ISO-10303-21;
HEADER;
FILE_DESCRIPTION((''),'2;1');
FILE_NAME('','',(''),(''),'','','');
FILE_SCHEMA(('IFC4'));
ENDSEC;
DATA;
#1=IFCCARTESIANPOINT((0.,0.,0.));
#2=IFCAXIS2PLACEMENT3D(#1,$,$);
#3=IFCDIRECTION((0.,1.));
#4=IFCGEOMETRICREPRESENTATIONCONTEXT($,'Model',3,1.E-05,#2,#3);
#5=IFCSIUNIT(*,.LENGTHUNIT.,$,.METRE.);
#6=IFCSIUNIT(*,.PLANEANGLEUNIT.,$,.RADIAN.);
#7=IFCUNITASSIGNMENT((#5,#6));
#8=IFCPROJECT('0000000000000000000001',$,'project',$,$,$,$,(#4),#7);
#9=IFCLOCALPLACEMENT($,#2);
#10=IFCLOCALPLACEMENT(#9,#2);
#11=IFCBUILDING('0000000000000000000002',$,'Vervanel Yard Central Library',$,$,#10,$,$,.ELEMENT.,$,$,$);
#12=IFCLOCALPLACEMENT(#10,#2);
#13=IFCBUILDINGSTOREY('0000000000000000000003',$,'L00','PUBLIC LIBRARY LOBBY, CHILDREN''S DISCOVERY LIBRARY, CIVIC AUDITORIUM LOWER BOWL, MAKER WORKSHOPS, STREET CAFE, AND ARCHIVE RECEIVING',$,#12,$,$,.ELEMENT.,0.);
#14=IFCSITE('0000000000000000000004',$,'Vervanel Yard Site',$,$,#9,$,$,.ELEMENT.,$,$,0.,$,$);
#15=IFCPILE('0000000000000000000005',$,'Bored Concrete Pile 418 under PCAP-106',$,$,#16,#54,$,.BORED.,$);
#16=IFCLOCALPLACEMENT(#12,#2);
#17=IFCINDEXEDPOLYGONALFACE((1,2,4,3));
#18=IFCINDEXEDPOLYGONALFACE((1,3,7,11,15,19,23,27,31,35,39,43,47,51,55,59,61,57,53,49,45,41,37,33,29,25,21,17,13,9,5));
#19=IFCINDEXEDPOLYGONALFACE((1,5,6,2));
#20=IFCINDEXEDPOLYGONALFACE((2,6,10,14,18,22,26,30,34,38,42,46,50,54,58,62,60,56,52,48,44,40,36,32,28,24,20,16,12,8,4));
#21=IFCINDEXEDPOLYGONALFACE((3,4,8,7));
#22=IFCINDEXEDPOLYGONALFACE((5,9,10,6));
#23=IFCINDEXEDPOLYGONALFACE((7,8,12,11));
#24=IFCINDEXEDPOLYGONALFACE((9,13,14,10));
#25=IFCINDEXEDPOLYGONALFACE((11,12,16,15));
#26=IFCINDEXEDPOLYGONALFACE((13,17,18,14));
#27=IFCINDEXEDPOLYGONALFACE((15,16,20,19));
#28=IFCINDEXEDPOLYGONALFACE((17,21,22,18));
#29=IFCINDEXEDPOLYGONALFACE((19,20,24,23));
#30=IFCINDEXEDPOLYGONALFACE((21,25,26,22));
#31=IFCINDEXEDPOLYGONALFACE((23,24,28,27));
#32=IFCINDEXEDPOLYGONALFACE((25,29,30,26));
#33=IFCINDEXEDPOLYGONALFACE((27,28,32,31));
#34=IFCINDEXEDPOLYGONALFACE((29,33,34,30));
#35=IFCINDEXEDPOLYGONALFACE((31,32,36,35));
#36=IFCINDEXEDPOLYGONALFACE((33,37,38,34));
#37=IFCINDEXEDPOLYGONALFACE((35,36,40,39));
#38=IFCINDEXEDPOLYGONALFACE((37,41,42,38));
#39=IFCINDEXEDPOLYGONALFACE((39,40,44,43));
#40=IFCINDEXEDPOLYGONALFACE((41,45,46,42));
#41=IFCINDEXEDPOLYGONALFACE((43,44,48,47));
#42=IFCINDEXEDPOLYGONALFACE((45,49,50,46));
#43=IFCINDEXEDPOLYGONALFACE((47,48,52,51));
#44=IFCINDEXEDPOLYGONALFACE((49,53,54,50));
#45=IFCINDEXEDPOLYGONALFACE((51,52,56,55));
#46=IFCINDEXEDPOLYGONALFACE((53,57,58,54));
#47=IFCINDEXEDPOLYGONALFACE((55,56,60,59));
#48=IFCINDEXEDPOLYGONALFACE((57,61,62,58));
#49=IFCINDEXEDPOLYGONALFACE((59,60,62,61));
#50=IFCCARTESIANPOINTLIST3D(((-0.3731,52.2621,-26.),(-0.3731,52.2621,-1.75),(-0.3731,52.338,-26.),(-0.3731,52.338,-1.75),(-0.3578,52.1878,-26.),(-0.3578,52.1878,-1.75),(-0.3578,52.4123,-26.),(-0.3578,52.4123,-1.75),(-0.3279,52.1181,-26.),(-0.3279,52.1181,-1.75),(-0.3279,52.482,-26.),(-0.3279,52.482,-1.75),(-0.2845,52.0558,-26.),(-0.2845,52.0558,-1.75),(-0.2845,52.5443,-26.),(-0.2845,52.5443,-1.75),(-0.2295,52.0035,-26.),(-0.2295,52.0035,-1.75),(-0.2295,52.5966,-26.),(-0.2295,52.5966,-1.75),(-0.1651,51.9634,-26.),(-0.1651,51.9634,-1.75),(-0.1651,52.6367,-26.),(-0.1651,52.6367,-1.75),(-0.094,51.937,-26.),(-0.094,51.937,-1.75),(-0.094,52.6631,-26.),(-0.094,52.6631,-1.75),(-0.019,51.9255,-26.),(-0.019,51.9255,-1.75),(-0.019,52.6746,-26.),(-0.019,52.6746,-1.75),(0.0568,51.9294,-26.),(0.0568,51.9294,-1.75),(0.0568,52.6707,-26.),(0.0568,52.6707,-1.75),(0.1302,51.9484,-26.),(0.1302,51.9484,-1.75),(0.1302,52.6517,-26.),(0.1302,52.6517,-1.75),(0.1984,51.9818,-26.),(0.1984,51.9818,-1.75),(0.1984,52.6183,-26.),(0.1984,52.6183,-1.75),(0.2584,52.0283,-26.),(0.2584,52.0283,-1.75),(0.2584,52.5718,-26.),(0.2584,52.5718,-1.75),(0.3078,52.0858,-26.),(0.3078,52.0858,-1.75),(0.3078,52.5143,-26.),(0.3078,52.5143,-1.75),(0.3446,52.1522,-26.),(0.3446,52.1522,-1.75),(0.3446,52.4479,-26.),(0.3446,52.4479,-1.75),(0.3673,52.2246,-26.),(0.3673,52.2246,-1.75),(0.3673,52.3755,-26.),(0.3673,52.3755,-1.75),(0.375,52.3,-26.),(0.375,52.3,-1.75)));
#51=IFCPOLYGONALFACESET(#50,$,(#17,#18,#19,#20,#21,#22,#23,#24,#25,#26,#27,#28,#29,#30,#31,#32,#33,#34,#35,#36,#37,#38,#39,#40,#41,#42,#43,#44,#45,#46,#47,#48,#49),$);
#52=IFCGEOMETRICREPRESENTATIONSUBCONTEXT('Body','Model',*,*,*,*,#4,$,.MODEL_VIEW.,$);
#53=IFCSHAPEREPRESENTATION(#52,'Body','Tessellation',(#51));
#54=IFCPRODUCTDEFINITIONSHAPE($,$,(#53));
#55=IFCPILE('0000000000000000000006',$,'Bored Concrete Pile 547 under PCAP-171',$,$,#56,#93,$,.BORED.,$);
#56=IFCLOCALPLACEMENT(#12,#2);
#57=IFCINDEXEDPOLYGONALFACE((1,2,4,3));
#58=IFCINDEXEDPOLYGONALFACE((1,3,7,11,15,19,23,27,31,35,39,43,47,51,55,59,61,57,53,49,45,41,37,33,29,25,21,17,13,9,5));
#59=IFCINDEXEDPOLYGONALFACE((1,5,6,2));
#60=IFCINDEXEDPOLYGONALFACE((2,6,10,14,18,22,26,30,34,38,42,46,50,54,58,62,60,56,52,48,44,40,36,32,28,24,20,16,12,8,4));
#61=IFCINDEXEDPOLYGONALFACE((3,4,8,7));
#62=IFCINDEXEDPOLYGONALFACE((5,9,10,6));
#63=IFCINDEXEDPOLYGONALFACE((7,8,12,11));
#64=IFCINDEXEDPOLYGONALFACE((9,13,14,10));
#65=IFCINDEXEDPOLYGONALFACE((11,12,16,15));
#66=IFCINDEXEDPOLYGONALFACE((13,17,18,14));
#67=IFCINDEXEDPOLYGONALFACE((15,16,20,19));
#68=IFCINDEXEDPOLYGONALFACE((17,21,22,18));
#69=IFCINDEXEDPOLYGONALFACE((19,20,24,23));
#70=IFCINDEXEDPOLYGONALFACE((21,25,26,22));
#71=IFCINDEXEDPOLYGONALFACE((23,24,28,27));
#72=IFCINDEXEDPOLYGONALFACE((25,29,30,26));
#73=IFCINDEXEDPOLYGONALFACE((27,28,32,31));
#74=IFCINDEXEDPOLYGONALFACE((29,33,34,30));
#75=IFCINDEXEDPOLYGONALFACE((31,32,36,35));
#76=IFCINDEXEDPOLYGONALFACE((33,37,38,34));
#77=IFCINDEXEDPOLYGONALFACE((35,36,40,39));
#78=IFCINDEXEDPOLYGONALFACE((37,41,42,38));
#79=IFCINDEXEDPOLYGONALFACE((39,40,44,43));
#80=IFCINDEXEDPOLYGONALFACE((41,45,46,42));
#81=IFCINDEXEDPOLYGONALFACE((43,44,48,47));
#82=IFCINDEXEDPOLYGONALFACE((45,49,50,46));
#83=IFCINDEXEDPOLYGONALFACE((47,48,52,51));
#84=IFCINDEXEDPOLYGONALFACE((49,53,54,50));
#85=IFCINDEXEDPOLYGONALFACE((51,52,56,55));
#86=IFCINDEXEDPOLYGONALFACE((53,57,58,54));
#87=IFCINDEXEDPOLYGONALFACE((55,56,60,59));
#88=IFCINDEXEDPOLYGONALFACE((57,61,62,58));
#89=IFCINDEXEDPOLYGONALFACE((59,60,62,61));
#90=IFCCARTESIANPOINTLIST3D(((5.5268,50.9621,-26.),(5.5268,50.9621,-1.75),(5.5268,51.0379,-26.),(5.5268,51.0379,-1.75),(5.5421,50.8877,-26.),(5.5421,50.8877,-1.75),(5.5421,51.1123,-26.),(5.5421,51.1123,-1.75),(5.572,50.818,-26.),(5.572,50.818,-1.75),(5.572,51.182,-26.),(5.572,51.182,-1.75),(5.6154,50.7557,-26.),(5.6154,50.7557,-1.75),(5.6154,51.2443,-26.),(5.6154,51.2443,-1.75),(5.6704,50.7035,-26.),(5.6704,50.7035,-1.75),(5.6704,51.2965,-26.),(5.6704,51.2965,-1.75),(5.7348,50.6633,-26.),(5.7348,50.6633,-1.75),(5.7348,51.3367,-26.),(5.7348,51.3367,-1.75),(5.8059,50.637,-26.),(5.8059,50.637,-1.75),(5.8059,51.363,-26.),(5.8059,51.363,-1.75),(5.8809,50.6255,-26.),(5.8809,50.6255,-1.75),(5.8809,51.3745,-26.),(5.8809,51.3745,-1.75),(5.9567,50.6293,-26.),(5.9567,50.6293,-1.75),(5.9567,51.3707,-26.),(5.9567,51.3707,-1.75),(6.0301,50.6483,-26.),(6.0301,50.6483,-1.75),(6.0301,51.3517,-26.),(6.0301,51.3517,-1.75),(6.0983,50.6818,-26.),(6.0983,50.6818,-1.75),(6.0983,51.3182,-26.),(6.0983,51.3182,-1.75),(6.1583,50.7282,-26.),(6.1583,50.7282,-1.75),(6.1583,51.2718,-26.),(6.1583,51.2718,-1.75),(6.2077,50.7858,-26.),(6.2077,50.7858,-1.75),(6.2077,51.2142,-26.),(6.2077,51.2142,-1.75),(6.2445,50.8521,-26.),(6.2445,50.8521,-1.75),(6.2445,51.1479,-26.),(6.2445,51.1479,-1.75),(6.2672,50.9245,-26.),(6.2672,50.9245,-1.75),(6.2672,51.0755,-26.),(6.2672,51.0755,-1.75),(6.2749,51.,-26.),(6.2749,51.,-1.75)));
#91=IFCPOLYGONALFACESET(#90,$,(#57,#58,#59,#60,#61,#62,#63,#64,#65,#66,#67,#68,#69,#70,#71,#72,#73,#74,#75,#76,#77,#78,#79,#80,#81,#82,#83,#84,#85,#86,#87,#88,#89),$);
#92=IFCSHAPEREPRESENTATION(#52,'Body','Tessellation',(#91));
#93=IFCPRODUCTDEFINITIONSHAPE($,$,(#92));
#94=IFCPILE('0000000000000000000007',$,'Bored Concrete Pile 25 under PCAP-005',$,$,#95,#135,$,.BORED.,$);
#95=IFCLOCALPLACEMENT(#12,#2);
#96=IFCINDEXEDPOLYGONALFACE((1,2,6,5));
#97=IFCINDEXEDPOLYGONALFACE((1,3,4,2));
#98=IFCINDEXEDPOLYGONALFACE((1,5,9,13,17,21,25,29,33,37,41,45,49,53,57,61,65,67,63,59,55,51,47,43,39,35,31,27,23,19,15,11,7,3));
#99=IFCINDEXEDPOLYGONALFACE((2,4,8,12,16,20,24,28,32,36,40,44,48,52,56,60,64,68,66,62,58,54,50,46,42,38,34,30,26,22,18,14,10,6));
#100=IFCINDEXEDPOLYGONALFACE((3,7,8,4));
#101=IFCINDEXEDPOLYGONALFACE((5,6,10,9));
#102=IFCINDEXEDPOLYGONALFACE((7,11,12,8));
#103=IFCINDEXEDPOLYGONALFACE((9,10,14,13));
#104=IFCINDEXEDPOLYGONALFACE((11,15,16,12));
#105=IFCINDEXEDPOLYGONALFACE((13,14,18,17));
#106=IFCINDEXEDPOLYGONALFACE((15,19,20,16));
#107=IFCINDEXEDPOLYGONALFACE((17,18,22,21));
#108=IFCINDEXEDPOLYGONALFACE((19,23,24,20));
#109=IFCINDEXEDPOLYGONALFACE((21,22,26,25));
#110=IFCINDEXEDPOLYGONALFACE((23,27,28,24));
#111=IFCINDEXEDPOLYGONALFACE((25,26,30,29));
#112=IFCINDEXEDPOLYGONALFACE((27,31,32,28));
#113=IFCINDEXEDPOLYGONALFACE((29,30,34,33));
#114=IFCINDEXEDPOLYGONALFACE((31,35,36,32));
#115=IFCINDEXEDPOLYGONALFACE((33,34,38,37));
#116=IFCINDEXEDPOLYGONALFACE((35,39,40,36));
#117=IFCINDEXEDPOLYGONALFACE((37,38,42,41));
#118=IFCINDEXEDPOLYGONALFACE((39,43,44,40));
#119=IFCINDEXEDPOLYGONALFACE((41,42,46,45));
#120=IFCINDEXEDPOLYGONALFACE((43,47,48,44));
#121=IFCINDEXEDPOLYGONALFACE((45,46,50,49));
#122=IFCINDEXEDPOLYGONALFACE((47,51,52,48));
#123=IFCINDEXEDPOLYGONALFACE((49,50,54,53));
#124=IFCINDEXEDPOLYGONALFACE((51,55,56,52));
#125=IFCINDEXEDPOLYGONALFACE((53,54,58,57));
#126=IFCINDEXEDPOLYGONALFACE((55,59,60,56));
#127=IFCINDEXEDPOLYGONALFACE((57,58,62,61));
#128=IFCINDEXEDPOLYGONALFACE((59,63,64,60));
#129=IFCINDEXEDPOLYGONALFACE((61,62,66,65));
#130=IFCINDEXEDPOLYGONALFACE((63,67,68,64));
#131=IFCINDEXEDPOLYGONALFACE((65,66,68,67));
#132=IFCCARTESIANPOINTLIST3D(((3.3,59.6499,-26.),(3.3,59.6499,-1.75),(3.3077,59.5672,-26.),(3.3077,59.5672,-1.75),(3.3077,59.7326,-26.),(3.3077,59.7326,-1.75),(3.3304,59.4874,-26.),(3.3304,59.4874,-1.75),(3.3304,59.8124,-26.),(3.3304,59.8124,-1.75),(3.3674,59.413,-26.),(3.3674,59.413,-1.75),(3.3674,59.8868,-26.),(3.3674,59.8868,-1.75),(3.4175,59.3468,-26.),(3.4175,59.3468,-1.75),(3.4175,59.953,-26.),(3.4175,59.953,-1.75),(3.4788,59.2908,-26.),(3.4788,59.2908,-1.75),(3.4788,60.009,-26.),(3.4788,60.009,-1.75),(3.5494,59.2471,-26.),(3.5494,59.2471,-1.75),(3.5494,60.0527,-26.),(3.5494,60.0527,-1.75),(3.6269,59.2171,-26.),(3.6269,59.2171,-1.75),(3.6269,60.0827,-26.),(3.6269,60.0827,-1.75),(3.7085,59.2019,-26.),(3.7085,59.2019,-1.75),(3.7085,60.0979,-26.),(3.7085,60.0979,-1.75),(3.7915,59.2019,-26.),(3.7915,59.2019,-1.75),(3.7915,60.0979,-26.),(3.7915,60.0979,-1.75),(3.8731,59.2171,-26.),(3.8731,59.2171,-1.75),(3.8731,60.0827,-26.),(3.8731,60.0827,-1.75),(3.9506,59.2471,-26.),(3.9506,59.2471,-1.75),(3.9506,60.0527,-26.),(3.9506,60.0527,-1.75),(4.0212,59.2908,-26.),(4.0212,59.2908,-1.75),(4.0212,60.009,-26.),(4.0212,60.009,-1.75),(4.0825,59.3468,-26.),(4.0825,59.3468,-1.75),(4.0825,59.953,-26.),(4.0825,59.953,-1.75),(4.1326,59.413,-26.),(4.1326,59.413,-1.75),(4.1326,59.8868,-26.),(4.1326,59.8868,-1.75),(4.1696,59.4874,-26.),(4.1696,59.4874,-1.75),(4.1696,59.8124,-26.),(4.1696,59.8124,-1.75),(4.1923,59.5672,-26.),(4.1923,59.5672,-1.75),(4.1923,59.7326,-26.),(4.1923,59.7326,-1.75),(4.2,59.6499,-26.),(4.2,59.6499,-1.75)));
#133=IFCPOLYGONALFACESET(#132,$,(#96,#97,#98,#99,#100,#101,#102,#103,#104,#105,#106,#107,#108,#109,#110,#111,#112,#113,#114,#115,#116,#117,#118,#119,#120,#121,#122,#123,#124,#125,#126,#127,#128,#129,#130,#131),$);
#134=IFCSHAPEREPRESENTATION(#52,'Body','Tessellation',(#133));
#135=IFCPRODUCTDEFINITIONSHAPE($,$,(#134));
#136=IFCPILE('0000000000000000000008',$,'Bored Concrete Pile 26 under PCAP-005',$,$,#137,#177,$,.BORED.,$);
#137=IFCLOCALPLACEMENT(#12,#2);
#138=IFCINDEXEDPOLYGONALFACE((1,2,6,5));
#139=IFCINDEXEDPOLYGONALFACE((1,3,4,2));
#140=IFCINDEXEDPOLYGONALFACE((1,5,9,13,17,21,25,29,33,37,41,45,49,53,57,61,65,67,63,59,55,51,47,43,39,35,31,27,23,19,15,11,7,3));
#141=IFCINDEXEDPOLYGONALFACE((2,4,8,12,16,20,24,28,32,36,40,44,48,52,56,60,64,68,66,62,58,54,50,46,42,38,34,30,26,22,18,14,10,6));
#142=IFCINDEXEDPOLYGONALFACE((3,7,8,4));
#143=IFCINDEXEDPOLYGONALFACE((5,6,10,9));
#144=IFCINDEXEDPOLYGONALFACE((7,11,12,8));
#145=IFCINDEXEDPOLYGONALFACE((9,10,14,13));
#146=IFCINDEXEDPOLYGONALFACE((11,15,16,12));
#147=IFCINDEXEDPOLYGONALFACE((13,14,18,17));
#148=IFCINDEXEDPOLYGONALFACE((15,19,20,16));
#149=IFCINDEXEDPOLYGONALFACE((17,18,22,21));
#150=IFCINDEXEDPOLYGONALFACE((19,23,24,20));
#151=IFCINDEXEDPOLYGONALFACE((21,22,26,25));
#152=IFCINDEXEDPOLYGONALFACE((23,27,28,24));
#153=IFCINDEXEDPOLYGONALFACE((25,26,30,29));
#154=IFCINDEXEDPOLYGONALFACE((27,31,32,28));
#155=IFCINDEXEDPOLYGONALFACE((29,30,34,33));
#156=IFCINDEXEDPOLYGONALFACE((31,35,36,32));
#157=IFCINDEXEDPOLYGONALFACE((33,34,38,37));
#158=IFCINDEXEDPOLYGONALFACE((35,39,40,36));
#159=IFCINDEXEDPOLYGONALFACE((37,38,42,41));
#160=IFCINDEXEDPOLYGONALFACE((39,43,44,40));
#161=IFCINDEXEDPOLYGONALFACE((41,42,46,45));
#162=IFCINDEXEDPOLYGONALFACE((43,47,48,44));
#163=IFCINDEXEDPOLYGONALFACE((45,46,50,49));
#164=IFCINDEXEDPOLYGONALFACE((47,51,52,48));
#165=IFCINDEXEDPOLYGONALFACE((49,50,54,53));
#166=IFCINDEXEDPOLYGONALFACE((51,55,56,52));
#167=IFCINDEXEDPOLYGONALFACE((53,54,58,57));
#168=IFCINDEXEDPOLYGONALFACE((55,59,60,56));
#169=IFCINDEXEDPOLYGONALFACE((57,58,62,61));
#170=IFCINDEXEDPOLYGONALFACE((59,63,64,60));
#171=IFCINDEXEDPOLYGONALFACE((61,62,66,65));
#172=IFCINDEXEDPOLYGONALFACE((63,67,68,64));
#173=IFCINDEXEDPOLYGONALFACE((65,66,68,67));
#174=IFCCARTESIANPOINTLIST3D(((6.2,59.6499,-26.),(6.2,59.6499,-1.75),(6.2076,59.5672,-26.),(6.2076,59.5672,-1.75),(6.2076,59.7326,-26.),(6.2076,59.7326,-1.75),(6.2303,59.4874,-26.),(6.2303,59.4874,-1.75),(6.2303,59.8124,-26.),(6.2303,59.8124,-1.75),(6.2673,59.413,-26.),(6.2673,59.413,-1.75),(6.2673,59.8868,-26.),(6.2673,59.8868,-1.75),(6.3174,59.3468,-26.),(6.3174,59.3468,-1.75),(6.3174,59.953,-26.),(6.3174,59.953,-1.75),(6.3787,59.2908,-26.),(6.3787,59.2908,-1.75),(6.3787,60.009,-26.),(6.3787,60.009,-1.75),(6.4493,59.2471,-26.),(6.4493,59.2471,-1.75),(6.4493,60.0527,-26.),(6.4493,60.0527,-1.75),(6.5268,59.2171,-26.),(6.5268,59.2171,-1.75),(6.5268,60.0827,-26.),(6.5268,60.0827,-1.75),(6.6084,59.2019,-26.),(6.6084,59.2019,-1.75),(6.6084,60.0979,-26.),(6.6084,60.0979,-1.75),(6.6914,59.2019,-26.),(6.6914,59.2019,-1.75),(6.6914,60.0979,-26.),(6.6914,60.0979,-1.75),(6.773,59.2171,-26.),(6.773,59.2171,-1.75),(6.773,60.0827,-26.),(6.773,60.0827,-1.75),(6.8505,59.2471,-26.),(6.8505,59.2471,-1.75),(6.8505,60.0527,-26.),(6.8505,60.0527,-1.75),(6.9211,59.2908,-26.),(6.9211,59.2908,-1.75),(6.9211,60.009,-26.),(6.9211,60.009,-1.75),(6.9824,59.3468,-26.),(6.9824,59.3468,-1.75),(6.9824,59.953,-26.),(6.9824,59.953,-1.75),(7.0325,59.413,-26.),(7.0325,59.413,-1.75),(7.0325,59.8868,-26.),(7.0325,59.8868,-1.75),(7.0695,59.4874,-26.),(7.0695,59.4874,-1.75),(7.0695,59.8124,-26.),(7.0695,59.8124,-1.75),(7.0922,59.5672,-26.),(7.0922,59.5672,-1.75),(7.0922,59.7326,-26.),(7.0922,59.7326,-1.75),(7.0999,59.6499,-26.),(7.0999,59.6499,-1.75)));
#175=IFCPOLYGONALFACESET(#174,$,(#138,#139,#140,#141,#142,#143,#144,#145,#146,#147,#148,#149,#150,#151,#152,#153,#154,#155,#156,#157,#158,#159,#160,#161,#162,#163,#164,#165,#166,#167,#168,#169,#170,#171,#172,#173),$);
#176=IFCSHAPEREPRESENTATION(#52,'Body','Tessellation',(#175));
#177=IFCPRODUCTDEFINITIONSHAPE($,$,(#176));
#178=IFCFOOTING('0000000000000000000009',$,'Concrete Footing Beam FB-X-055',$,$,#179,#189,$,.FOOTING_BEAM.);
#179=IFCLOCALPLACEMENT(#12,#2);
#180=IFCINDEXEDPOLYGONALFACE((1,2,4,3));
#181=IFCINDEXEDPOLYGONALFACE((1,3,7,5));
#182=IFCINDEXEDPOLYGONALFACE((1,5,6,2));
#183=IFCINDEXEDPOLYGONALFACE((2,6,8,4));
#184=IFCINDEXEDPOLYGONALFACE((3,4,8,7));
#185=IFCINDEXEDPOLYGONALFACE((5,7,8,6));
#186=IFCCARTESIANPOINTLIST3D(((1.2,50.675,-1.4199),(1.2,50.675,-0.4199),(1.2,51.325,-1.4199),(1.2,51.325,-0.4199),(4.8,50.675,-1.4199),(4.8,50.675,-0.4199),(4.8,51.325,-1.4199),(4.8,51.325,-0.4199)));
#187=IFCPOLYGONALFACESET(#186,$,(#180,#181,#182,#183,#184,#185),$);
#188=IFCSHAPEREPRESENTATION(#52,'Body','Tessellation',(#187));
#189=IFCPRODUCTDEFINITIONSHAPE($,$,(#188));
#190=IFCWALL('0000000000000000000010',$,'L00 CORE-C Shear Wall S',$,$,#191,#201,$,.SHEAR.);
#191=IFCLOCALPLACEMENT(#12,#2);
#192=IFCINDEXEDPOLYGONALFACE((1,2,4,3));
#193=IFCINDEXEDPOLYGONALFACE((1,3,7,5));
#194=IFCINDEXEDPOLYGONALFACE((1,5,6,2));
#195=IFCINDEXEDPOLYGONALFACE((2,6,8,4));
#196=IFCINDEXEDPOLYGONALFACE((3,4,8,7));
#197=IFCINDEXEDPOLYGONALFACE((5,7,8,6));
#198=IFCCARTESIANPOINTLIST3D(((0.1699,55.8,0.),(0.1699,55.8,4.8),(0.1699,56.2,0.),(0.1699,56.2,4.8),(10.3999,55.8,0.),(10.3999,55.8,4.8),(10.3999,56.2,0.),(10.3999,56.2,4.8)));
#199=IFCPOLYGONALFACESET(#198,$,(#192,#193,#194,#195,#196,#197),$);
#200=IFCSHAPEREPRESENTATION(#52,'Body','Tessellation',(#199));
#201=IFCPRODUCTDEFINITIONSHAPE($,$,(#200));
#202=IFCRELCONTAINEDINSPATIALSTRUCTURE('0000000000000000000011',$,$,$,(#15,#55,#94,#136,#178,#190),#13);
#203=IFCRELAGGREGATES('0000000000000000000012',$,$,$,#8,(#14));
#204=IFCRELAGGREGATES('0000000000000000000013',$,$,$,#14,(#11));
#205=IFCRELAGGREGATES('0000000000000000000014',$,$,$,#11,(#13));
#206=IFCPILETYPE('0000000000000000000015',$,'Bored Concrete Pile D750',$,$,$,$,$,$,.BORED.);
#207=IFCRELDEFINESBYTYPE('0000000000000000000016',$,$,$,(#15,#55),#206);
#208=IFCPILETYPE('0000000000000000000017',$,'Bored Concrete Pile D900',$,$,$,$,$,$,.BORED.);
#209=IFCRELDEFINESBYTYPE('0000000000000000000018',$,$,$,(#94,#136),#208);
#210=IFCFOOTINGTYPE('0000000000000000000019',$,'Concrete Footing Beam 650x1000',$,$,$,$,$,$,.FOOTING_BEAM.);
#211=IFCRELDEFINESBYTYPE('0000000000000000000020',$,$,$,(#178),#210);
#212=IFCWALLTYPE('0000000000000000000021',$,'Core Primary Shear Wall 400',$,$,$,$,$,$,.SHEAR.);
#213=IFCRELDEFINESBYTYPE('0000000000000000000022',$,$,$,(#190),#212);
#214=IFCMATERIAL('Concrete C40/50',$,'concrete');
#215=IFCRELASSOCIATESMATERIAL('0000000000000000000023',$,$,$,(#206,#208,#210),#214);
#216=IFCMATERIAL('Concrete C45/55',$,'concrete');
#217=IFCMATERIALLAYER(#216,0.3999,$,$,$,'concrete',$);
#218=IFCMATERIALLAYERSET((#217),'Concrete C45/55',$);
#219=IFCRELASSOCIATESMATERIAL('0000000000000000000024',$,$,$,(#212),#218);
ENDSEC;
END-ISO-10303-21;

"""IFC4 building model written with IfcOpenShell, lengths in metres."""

from ifc_helpers import new_model, si_unit, direction, frame, frame_2d, origin, origin_2d, place, context, subcontext, project, spatial, rectangle, circle, extrude, material, layer, layer_set, material_profile, profile_set, type_object, element, save


model = new_model("IFC4")

# Units and contexts
model_context = context("Model", 3, precision=1e-05, world=origin(), true_north=direction((0.0, 1.0)))
body_context = subcontext(model_context, "Body", "Model", "MODEL_VIEW")
ifc_project = project(units=[si_unit("LENGTHUNIT", "METRE"), si_unit("PLANEANGLEUNIT", "RADIAN")], contexts=[model_context])

# Site, building, storey
site_placement = place(None, origin())
site = spatial("IfcSite", under=ifc_project, at=site_placement, Name="Vervanel Yard Site", CompositionType="ELEMENT", RefElevation=0.0)
building_placement = place(site_placement, origin())
building = spatial("IfcBuilding", under=site, at=building_placement, Name="Vervanel Yard Central Library", CompositionType="ELEMENT")
storey_placement = place(building_placement, origin())
storey = spatial("IfcBuildingStorey", under=building, at=storey_placement, Name="L00", Description="PUBLIC LIBRARY LOBBY, CHILDREN'S DISCOVERY LIBRARY, CIVIC AUDITORIUM LOWER BOWL, MAKER WORKSHOPS, STREET CAFE, AND ARCHIVE RECEIVING", CompositionType="ELEMENT", Elevation=0.0)

# Piles
ifc_material_1 = material(Name="Concrete C40/50", Category="concrete")
ifc_material_profile_1 = material_profile(ifc_material_1, circle(Radius=0.375, at=origin_2d()), Name="BP D750", Category="concrete")
ifc_profile_set_1 = profile_set([ifc_material_profile_1], Name="Concrete C40/50")
pile_type_1 = type_object("IfcPileType", Name="Bored Concrete Pile D750", PredefinedType="BORED", material=ifc_profile_set_1)
for number, where, z_axis, x_axis, name in (
    (1, (0.0, 52.3, -1.75), (0.0, 0.0, -1.0), (1.0, 0.0, 0.0), "Bored Concrete Pile 418 under PCAP-106"),
    (2, (5.8999, 51.0, -1.75), (0.0, 0.0, -1.0), (1.0, 0.0, 0.0), "Bored Concrete Pile 547 under PCAP-171"),
):
    element("IfcPile", number, at=place(storey_placement, frame(where, z_axis=z_axis, x_axis=x_axis)), inside=storey, type_object=pile_type_1, Name=name, PredefinedType="BORED", context=body_context, shape_type="SweptSolid", body=[
        extrude(circle(Radius=0.375, at=origin_2d()), origin(), (0.0, 0.0, 1.0), 24.25),
    ])
ifc_material_profile_2 = material_profile(ifc_material_1, circle(Radius=0.45, at=origin_2d()), Name="BP D900", Category="concrete")
ifc_profile_set_2 = profile_set([ifc_material_profile_2], Name="Concrete C40/50")
pile_type_2 = type_object("IfcPileType", Name="Bored Concrete Pile D900", PredefinedType="BORED", material=ifc_profile_set_2)
for number, where, z_axis, x_axis, name in (
    (3, (3.75, 59.6499, -1.75), (0.0, 0.0, -1.0), (1.0, 0.0, 0.0), "Bored Concrete Pile 25 under PCAP-005"),
    (4, (6.6499, 59.6499, -1.75), (0.0, 0.0, -1.0), (1.0, 0.0, 0.0), "Bored Concrete Pile 26 under PCAP-005"),
):
    element("IfcPile", number, at=place(storey_placement, frame(where, z_axis=z_axis, x_axis=x_axis)), inside=storey, type_object=pile_type_2, Name=name, PredefinedType="BORED", context=body_context, shape_type="SweptSolid", body=[
        extrude(circle(Radius=0.45, at=origin_2d()), origin(), (0.0, 0.0, 1.0), 24.25),
    ])

# Footing
ifc_material_profile_3 = material_profile(ifc_material_1, rectangle(XDim=0.6499, YDim=1.0, at=origin_2d()), Name="RC 650x1000", Category="concrete")
ifc_profile_set_3 = profile_set([ifc_material_profile_3], Name="Concrete C40/50")
footing_type = type_object("IfcFootingType", Name="Concrete Footing Beam 650x1000", PredefinedType="FOOTING_BEAM", material=ifc_profile_set_3)
footing_placement = place(storey_placement, frame((1.2, 51.0, -0.9199), z_axis=(1.0, 0.0, 0.0), x_axis=(0.0, 1.0, 0.0)))
element("IfcFooting", 5, at=footing_placement, inside=storey, type_object=footing_type, Name="Concrete Footing Beam FB-X-055", PredefinedType="FOOTING_BEAM", context=body_context, shape_type="SweptSolid", body=[
    extrude(rectangle(XDim=0.6499, YDim=1.0, at=origin_2d()), origin(), (0.0, 0.0, 1.0), 3.6001),
])

# Wall
ifc_material_2 = material(Name="Concrete C45/55", Category="concrete")
ifc_layer_1 = layer(ifc_material_2, 0.3999, Category="concrete")
ifc_layer_set_1 = layer_set([ifc_layer_1], Name="Concrete C45/55")
wall_type_1 = type_object("IfcWallType", Name="Core Primary Shear Wall 400", PredefinedType="SHEAR", material=ifc_layer_set_1)
wall_1_placement = place(storey_placement, frame((0.1699, 56.0, 0.0), z_axis=(0.0, 0.0, 1.0), x_axis=(1.0, 0.0, 0.0)))
element("IfcWall", 6, at=wall_1_placement, inside=storey, type_object=wall_type_1, Name="L00 CORE-C Shear Wall S", PredefinedType="SHEAR", context=body_context, shape_type="SweptSolid", body=[
    extrude(rectangle(XDim=10.23, YDim=0.3999, at=frame_2d((5.115, 0.0))), origin(), (0.0, 0.0, 1.0), 4.8),
])

save(model, "model.ifc")
